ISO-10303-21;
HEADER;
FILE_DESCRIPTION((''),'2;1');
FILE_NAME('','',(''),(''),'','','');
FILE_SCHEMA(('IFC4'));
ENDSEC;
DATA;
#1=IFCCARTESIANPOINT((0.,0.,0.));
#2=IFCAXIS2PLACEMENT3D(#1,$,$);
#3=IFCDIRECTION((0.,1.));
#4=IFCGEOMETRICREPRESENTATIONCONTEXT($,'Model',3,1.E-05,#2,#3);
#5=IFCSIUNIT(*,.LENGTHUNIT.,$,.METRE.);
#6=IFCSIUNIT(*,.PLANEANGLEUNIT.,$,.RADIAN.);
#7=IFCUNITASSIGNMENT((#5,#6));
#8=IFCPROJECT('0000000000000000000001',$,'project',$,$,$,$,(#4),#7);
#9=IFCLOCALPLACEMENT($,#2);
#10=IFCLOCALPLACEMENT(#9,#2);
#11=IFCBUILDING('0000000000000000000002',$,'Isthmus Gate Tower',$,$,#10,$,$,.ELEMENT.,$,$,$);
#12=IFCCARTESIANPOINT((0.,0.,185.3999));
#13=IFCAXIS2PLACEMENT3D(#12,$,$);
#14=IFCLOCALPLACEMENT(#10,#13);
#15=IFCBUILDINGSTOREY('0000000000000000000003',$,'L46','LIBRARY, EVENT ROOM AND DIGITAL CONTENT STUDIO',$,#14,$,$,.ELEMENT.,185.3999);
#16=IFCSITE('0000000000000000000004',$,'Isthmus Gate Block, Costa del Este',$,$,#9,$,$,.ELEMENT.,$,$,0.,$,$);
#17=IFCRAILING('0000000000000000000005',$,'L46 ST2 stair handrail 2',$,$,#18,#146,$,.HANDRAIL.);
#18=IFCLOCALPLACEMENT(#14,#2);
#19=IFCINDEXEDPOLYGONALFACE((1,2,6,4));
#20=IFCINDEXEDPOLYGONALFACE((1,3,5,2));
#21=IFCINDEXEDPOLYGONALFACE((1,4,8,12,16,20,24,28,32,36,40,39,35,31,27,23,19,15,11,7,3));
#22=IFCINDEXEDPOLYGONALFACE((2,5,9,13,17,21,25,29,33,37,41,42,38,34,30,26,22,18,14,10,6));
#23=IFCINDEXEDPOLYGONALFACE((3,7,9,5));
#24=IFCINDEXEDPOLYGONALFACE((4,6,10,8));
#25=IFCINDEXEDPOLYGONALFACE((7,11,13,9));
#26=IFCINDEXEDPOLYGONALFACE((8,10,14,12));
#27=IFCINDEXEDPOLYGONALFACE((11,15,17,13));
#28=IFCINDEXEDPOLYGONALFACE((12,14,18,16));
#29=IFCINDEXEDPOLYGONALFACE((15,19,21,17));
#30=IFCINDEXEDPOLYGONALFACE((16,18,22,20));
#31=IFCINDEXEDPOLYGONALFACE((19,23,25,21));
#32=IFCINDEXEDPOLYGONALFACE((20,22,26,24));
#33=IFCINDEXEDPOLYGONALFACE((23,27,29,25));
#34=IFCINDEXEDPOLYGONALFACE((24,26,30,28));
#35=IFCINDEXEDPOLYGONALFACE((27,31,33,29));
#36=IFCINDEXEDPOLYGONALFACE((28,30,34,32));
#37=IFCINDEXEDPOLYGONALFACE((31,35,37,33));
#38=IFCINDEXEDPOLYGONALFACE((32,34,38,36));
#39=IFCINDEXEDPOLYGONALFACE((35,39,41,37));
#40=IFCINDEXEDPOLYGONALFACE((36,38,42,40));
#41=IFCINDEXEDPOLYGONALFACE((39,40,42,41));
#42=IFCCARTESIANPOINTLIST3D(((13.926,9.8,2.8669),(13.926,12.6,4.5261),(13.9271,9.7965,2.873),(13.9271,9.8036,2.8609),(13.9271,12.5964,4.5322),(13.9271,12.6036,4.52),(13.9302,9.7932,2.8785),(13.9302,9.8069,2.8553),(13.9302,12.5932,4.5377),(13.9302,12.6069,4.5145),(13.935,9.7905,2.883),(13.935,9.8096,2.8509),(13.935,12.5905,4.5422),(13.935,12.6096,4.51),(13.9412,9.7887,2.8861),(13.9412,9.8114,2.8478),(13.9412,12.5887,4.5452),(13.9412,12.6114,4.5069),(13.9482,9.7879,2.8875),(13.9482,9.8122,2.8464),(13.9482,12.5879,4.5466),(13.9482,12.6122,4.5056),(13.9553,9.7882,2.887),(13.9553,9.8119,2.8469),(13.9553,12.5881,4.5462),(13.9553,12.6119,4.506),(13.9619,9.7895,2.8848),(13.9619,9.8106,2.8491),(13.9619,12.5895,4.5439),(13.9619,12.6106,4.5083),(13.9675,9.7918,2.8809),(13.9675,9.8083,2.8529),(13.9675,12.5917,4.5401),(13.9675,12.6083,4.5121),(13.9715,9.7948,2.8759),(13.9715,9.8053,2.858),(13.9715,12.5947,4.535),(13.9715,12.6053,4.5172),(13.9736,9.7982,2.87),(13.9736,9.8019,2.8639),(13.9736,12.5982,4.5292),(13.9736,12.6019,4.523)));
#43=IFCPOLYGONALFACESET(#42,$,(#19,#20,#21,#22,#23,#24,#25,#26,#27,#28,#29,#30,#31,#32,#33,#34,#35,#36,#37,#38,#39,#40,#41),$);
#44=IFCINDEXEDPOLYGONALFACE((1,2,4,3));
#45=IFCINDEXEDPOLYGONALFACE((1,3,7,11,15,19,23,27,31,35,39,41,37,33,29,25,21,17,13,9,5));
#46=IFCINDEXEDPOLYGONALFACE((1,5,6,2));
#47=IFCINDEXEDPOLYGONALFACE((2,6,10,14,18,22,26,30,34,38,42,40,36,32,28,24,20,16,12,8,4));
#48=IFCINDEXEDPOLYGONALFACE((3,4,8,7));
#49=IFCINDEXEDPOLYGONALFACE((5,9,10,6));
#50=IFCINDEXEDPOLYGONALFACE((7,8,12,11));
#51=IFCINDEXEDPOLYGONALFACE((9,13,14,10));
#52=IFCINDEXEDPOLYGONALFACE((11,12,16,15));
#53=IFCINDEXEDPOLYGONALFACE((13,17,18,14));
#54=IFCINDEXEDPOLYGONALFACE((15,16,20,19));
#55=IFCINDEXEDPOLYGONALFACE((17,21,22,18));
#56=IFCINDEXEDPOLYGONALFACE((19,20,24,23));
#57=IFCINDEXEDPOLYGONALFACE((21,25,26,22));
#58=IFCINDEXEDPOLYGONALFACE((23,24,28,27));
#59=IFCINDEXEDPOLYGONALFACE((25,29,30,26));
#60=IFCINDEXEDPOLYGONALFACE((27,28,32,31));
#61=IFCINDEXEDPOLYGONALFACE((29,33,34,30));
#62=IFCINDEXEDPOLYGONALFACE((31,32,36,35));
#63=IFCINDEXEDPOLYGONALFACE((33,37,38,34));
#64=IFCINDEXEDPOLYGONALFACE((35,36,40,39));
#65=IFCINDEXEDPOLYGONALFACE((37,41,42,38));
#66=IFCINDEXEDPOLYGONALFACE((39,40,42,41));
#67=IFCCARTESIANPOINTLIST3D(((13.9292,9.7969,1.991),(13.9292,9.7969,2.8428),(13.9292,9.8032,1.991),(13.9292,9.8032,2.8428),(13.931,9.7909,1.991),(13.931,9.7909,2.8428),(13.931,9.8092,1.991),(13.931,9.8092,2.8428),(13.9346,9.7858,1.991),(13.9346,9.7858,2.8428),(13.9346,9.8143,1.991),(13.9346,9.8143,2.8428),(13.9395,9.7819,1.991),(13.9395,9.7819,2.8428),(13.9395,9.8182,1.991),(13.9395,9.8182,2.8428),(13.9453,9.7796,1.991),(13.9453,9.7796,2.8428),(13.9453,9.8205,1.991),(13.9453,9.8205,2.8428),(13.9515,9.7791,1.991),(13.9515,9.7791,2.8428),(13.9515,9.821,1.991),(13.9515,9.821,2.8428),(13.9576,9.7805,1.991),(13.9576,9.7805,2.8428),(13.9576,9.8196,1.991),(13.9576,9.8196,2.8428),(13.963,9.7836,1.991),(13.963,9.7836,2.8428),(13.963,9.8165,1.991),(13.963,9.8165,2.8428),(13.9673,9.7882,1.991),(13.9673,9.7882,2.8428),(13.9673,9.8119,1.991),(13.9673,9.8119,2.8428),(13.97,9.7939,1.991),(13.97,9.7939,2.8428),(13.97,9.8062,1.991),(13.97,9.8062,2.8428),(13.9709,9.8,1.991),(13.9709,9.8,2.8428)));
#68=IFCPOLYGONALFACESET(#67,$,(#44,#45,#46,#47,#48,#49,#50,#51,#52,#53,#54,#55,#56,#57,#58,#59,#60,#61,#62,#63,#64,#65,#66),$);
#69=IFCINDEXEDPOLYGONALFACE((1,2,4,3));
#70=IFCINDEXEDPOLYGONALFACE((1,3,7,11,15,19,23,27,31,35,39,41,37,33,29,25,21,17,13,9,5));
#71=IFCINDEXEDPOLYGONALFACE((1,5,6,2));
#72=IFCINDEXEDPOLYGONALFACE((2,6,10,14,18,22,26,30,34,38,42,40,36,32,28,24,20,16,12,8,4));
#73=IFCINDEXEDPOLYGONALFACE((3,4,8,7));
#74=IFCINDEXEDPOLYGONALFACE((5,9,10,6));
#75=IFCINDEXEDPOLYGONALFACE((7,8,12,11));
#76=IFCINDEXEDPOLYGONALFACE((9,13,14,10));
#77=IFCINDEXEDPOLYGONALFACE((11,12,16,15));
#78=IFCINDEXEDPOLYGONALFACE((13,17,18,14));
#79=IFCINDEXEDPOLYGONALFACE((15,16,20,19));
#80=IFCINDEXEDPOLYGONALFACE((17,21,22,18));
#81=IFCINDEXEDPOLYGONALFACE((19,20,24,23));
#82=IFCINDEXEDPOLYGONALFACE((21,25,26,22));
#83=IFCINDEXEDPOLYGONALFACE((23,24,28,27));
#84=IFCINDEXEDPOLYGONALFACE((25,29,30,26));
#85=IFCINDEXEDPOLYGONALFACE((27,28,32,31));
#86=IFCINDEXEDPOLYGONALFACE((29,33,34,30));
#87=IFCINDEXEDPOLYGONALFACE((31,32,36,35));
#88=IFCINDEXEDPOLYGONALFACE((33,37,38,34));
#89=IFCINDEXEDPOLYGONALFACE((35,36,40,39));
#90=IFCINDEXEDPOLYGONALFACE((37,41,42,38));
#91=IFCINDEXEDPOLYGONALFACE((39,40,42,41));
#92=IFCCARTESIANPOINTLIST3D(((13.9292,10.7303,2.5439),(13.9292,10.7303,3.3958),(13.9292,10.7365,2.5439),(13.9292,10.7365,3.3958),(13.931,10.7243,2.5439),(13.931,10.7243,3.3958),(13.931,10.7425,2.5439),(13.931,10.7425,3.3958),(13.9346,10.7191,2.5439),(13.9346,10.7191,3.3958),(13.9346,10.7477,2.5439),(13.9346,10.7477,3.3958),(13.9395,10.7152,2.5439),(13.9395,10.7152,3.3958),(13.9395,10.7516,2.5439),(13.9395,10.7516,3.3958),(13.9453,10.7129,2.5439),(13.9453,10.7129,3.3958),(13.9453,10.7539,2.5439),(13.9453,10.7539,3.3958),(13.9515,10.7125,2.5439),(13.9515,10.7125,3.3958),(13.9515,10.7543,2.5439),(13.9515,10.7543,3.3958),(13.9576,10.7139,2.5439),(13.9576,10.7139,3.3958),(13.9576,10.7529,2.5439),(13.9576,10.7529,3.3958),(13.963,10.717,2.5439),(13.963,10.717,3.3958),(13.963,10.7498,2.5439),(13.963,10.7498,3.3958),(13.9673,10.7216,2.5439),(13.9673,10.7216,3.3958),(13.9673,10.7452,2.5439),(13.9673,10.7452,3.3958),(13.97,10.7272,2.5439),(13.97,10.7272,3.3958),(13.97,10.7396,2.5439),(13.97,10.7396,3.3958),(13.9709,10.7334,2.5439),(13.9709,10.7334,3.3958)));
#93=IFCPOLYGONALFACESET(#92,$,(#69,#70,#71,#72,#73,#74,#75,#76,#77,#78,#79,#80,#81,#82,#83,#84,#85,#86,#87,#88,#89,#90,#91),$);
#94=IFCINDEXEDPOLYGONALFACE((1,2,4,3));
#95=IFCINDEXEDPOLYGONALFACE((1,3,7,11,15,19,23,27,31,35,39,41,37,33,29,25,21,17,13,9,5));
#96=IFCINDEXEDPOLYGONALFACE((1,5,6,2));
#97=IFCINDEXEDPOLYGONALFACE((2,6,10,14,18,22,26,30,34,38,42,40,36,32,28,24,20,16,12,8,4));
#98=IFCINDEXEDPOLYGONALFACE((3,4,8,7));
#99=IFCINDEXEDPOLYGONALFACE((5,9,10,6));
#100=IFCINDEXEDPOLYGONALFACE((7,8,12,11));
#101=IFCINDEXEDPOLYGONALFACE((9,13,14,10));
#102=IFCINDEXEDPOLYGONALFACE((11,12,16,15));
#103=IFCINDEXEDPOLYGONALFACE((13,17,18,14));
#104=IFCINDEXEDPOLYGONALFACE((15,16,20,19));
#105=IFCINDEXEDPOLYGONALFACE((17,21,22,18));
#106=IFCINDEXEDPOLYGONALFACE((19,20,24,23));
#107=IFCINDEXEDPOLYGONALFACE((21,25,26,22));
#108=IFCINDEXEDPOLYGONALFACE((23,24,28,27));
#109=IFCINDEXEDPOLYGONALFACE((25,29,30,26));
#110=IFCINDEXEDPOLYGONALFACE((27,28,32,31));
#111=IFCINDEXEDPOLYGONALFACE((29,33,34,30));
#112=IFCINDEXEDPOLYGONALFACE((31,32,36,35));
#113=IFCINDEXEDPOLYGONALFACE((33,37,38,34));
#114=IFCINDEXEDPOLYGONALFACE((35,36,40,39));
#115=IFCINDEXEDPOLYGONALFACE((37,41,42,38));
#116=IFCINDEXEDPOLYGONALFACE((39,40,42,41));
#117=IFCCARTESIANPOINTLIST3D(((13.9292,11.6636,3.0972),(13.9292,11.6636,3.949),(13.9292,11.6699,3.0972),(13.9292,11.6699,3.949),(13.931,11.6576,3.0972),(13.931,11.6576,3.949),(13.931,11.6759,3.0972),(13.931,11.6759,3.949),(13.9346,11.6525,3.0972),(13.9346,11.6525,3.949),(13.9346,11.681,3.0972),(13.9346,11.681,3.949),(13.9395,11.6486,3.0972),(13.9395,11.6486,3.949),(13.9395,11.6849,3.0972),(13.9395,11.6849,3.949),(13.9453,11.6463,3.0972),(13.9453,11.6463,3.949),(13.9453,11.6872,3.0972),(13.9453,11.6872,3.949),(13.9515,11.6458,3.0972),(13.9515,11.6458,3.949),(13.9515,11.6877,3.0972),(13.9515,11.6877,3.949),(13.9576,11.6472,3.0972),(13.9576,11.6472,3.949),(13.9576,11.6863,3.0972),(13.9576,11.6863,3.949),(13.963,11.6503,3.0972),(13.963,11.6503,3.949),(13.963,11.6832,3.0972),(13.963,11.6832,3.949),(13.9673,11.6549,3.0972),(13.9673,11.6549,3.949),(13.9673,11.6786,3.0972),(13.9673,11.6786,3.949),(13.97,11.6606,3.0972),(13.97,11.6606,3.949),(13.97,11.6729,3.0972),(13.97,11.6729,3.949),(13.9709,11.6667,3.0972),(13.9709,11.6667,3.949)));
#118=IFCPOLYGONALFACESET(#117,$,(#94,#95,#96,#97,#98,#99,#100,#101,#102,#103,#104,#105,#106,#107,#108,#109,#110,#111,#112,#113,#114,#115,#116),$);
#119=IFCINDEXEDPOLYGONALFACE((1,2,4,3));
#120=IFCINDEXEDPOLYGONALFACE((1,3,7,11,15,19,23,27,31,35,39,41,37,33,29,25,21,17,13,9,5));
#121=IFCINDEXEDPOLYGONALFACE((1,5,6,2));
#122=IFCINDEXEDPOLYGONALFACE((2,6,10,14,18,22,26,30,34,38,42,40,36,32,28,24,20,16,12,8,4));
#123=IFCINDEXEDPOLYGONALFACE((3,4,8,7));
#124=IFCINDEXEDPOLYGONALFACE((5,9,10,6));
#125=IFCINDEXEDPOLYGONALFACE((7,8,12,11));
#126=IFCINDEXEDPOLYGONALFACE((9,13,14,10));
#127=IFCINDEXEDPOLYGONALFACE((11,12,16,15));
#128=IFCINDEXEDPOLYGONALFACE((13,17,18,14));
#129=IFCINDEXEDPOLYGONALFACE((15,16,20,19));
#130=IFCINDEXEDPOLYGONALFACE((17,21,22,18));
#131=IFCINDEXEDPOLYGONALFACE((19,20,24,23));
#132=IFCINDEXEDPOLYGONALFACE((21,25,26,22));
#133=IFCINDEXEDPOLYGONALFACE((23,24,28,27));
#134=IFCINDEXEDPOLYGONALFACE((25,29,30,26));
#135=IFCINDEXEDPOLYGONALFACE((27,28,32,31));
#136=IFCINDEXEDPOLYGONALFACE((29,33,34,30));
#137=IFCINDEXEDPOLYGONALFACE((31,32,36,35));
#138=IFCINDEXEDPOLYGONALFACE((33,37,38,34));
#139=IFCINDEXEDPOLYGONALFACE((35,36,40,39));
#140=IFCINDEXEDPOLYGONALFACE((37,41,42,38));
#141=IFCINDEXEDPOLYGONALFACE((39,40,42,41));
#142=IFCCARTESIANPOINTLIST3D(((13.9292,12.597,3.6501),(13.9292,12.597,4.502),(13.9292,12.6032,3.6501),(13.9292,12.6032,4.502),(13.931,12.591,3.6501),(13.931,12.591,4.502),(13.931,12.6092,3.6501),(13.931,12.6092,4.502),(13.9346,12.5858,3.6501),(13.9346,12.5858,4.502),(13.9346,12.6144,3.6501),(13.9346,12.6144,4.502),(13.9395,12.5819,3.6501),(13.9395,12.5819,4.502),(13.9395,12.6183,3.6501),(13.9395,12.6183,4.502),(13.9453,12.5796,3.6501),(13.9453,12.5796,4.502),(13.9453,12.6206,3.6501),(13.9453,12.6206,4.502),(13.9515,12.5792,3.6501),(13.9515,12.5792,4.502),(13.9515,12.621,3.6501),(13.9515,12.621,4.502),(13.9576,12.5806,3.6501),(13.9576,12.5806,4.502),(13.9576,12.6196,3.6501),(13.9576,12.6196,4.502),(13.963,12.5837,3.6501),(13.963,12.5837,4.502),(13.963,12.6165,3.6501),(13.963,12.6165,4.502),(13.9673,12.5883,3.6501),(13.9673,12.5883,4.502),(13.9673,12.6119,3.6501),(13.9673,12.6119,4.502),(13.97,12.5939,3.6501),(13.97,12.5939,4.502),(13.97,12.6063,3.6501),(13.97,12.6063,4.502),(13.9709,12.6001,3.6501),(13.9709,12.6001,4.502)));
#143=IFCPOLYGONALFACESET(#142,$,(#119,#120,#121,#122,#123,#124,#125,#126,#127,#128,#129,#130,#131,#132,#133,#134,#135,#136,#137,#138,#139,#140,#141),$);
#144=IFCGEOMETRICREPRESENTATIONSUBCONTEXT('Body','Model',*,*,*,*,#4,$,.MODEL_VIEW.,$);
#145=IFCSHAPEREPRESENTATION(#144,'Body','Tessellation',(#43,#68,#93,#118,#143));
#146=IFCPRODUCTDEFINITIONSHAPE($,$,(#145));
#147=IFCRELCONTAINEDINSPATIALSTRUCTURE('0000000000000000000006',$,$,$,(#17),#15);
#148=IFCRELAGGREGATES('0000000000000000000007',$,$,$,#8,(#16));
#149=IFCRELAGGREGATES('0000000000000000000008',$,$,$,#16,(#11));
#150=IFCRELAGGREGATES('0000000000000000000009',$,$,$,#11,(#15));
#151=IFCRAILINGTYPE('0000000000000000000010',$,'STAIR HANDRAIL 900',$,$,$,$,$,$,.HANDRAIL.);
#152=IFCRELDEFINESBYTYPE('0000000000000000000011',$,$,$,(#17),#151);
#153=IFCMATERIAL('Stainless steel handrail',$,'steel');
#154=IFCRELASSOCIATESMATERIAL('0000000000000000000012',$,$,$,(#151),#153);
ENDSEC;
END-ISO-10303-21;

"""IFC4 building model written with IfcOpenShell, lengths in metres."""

from ifc_helpers import new_model, si_unit, direction, frame, origin, origin_2d, place, context, subcontext, project, spatial, circle, extrude, material, type_object, element, save


model = new_model("IFC4")

# Units and contexts
model_context = context("Model", 3, precision=1e-05, world=origin(), true_north=direction((0.0, 1.0)))
body_context = subcontext(model_context, "Body", "Model", "MODEL_VIEW")
ifc_project = project(units=[si_unit("LENGTHUNIT", "METRE"), si_unit("PLANEANGLEUNIT", "RADIAN")], contexts=[model_context])

# Site, building, storey
site_placement = place(None, origin())
site = spatial("IfcSite", under=ifc_project, at=site_placement, Name="Isthmus Gate Block, Costa del Este", CompositionType="ELEMENT", RefElevation=0.0)
building_placement = place(site_placement, origin())
building = spatial("IfcBuilding", under=site, at=building_placement, Name="Isthmus Gate Tower", CompositionType="ELEMENT")
storey_placement = place(building_placement, frame((0.0, 0.0, 185.3999)))
storey = spatial("IfcBuildingStorey", under=building, at=storey_placement, Name="L46", Description="LIBRARY, EVENT ROOM AND DIGITAL CONTENT STUDIO", CompositionType="ELEMENT", Elevation=185.3999)

# Railing
ifc_material_1 = material(Name="Stainless steel handrail", Category="steel")
railing_type = type_object("IfcRailingType", Name="STAIR HANDRAIL 900", PredefinedType="HANDRAIL", material=ifc_material_1)
railing_placement = place(storey_placement, frame((13.95, 9.8, 1.991)))
element("IfcRailing", 1, at=railing_placement, inside=storey, type_object=railing_type, Name="L46 ST2 stair handrail 2", PredefinedType="HANDRAIL", context=body_context, shape_type="SweptSolid", body=[
    extrude(circle(Radius=0.0239, at=origin_2d()), frame((0.0, 0.0, 0.876), z_axis=(0.0, 0.860306, 0.509778), x_axis=(-1.0, 0.0, 0.0)), (0.0, 0.0, 1.0), 3.2546),
    extrude(circle(Radius=0.021, at=origin_2d()), origin(), (0.0, 0.0, 1.0), 0.8518),
    extrude(circle(Radius=0.021, at=origin_2d()), frame((0.0, 0.9333, 0.553)), (0.0, 0.0, 1.0), 0.8518),
    extrude(circle(Radius=0.021, at=origin_2d()), frame((0.0, 1.8667, 1.1062)), (0.0, 0.0, 1.0), 0.8518),
    extrude(circle(Radius=0.021, at=origin_2d()), frame((0.0, 2.8, 1.6592)), (0.0, 0.0, 1.0), 0.8518),
])

save(model, "model.ifc")
